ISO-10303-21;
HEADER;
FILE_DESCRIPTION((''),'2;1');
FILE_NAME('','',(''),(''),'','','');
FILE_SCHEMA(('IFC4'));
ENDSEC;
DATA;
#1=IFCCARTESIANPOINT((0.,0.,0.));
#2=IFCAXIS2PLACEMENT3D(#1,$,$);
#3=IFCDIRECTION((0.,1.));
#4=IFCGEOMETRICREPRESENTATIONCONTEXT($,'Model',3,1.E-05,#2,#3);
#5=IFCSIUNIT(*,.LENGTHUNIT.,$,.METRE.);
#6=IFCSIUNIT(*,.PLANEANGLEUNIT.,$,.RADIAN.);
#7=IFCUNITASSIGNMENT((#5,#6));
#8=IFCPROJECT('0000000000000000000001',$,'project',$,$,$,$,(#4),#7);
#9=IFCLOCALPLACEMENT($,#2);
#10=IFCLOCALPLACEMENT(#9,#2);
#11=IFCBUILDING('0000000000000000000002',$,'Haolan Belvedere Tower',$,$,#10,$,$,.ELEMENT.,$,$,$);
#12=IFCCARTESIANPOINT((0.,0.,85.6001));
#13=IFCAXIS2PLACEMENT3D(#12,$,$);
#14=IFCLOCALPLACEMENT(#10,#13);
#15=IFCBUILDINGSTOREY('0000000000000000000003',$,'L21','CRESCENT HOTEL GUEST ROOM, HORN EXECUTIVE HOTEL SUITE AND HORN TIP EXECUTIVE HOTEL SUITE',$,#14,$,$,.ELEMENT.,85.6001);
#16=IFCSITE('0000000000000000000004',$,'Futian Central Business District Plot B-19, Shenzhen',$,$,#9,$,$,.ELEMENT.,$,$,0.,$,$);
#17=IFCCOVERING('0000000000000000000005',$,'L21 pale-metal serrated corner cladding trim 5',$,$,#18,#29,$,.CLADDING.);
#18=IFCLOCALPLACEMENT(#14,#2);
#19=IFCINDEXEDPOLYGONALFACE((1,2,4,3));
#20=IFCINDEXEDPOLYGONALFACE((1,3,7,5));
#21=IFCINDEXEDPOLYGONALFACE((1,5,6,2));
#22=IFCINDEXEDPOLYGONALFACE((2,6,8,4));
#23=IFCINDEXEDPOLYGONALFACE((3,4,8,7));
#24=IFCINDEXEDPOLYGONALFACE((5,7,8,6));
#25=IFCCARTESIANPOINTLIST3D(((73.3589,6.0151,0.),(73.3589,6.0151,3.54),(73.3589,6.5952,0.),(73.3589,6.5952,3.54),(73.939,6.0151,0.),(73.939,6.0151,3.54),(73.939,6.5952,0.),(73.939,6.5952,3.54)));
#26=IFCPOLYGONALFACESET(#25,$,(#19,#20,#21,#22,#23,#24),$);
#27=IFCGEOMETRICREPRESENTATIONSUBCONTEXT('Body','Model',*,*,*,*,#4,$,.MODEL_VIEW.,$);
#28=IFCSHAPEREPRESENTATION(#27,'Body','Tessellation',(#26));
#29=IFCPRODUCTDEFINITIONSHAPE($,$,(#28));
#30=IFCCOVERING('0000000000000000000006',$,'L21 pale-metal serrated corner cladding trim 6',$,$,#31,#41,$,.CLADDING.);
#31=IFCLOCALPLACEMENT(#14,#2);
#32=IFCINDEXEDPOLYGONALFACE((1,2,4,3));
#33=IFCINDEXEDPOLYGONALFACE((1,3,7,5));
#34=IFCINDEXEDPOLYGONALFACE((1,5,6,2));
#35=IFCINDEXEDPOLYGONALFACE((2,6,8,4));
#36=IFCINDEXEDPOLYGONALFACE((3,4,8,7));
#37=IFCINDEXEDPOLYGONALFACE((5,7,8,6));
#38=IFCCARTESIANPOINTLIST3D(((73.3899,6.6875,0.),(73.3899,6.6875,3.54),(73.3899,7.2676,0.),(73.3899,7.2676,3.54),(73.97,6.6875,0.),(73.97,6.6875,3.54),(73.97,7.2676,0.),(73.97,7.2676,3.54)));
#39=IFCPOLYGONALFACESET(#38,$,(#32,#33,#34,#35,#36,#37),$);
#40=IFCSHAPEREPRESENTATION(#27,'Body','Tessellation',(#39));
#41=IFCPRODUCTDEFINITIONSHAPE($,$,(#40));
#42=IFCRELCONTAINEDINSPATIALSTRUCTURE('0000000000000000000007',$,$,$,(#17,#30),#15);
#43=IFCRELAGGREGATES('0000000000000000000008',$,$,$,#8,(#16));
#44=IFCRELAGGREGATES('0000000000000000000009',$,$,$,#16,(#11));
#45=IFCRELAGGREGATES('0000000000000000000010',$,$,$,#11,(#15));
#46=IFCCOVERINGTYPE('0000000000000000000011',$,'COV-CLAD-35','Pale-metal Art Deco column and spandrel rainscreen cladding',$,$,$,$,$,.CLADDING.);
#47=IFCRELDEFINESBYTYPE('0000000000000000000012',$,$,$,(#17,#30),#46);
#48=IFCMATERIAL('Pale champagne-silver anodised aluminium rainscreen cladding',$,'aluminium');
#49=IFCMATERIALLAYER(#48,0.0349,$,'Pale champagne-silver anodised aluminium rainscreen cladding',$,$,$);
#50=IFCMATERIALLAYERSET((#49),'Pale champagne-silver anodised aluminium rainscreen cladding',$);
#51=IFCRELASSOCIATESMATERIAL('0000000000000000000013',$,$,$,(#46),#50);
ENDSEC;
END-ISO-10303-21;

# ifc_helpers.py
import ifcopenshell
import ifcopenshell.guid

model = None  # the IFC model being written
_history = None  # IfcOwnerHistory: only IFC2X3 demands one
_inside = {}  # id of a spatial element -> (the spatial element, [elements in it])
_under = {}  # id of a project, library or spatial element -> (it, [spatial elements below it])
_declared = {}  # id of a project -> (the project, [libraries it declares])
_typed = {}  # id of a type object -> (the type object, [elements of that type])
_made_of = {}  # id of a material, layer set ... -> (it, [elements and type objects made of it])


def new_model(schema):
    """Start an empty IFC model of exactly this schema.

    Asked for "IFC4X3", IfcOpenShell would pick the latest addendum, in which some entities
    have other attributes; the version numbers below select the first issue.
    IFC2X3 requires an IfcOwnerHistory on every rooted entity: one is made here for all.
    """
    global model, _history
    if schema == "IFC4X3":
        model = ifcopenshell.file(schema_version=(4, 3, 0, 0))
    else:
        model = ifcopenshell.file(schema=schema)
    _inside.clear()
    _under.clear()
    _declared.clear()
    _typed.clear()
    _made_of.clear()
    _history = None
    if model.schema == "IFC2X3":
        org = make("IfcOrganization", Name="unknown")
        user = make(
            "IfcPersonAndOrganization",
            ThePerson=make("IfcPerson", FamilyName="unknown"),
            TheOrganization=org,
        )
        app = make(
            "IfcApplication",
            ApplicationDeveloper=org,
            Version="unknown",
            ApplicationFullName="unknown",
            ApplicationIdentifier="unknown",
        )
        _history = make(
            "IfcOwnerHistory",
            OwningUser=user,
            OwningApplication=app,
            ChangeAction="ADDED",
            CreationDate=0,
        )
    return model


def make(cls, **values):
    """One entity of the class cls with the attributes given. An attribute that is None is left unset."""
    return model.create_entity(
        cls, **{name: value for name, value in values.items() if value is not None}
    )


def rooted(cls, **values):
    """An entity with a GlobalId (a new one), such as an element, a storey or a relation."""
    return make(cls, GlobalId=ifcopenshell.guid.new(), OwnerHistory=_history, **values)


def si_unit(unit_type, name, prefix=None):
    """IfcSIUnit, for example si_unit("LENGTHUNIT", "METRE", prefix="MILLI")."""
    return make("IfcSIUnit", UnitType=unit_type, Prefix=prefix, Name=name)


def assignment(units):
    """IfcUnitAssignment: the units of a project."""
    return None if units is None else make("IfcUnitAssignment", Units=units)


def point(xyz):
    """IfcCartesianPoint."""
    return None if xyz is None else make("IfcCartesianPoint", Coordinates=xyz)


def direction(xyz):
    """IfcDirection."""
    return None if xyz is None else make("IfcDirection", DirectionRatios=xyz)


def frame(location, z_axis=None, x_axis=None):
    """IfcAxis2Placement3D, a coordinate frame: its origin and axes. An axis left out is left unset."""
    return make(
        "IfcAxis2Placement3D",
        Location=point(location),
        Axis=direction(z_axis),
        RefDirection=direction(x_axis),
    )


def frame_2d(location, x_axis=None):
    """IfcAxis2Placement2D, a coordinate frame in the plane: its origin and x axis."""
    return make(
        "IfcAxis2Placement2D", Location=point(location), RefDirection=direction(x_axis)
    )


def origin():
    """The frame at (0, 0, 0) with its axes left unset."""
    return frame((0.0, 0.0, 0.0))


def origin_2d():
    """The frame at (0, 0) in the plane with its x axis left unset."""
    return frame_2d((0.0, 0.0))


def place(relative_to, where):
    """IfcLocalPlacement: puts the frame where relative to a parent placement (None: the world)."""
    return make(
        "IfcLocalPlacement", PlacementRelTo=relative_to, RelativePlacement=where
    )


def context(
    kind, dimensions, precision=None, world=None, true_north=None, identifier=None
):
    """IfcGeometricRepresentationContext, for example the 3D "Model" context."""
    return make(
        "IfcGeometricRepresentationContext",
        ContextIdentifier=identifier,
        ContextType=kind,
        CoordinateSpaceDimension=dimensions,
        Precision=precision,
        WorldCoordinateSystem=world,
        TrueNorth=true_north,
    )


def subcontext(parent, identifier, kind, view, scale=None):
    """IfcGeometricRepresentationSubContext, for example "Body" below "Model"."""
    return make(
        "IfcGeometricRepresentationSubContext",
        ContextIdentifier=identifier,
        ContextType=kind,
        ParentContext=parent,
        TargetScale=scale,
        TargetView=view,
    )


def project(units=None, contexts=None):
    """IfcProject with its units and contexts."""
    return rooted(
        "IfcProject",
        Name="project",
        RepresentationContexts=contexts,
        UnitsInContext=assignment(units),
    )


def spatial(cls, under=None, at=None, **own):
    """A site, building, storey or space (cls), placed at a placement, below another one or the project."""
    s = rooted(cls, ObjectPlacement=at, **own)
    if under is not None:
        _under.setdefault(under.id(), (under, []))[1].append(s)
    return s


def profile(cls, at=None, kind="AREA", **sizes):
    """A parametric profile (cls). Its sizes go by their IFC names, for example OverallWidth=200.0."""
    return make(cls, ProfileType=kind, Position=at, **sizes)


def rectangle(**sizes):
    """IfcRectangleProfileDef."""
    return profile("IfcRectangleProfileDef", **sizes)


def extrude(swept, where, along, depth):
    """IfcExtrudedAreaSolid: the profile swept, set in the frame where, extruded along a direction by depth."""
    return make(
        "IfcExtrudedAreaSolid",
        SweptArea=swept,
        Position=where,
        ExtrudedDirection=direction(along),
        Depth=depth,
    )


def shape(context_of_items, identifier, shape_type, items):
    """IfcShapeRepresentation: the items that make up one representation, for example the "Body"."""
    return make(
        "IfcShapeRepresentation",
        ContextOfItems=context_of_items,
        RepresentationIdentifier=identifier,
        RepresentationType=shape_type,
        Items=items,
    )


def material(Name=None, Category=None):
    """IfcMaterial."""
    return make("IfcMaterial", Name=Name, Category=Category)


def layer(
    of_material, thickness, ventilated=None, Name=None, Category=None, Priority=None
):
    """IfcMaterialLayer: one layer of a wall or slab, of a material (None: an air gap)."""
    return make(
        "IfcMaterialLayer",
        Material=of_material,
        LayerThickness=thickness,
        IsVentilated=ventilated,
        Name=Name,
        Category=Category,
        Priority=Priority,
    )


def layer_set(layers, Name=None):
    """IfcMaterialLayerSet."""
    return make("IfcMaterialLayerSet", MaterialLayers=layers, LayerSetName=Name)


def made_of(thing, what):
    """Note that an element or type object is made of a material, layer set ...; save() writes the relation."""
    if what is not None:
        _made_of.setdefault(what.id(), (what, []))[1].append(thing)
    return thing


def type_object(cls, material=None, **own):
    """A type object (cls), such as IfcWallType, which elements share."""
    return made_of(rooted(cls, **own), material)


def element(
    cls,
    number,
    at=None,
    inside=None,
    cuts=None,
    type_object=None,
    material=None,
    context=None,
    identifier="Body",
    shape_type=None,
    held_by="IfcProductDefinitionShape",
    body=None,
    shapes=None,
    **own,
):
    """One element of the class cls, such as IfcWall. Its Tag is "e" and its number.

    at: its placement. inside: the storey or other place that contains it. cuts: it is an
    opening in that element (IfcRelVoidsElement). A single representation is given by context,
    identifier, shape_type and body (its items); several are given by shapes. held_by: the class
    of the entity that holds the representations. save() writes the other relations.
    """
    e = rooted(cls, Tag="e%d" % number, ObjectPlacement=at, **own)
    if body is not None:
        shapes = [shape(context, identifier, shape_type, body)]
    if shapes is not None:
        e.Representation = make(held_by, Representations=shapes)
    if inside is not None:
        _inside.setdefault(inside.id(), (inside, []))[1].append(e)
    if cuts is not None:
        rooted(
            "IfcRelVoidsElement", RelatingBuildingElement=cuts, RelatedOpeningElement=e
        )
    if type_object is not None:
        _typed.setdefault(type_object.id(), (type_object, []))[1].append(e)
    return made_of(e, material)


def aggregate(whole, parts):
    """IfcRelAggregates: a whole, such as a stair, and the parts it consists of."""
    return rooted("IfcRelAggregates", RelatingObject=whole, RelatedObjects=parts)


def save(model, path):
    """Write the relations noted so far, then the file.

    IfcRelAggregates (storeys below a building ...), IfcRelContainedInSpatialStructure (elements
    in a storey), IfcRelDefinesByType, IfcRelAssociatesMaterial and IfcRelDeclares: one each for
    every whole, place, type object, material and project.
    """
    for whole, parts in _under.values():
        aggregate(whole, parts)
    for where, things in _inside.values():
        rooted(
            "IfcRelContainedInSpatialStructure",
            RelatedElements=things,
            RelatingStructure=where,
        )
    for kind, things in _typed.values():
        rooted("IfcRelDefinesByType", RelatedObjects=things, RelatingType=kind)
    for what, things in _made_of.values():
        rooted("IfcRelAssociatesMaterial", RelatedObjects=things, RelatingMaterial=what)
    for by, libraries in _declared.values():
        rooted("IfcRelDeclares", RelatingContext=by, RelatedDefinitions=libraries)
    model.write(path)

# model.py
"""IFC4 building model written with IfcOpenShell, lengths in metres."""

from ifc_helpers import new_model, si_unit, direction, frame, origin, origin_2d, place, context, subcontext, project, spatial, rectangle, extrude, material, layer, layer_set, type_object, element, save


model = new_model("IFC4")

# Units and contexts
model_context = context("Model", 3, precision=1e-05, world=origin(), true_north=direction((0.0, 1.0)))
body_context = subcontext(model_context, "Body", "Model", "MODEL_VIEW")
ifc_project = project(units=[si_unit("LENGTHUNIT", "METRE"), si_unit("PLANEANGLEUNIT", "RADIAN")], contexts=[model_context])

# Site, building, storey
site_placement = place(None, origin())
site = spatial("IfcSite", under=ifc_project, at=site_placement, Name="Futian Central Business District Plot B-19, Shenzhen", CompositionType="ELEMENT", RefElevation=0.0)
building_placement = place(site_placement, origin())
building = spatial("IfcBuilding", under=site, at=building_placement, Name="Haolan Belvedere Tower", CompositionType="ELEMENT")
storey_placement = place(building_placement, frame((0.0, 0.0, 85.6001)))
storey = spatial("IfcBuildingStorey", under=building, at=storey_placement, Name="L21", Description="CRESCENT HOTEL GUEST ROOM, HORN EXECUTIVE HOTEL SUITE AND HORN TIP EXECUTIVE HOTEL SUITE", CompositionType="ELEMENT", Elevation=85.6001)

# Coverings
ifc_material_1 = material(Name="Pale champagne-silver anodised aluminium rainscreen cladding", Category="aluminium")
ifc_layer_1 = layer(ifc_material_1, 0.0349, Name="Pale champagne-silver anodised aluminium rainscreen cladding")
ifc_layer_set_1 = layer_set([ifc_layer_1], Name="Pale champagne-silver anodised aluminium rainscreen cladding")
covering_type = type_object("IfcCoveringType", Name="COV-CLAD-35", Description="Pale-metal Art Deco column and spandrel rainscreen cladding", PredefinedType="CLADDING", material=ifc_layer_set_1)
for number, where, z_axis, x_axis, name in (
    (1, (73.6489, 6.3052, 0.0), (0.0, 0.0, 1.0), (1.0, 0.0, 0.0), "L21 pale-metal serrated corner cladding trim 5"),
    (2, (73.6799, 6.9775, 0.0), (0.0, 0.0, 1.0), (1.0, 0.0, 0.0), "L21 pale-metal serrated corner cladding trim 6"),
):
    element("IfcCovering", number, at=place(storey_placement, frame(where, z_axis=z_axis, x_axis=x_axis)), inside=storey, type_object=covering_type, Name=name, PredefinedType="CLADDING", context=body_context, shape_type="SweptSolid", body=[
        extrude(rectangle(XDim=0.5801, YDim=0.5801, at=origin_2d()), origin(), (0.0, 0.0, 1.0), 3.54),
    ])

save(model, "model.ifc")
